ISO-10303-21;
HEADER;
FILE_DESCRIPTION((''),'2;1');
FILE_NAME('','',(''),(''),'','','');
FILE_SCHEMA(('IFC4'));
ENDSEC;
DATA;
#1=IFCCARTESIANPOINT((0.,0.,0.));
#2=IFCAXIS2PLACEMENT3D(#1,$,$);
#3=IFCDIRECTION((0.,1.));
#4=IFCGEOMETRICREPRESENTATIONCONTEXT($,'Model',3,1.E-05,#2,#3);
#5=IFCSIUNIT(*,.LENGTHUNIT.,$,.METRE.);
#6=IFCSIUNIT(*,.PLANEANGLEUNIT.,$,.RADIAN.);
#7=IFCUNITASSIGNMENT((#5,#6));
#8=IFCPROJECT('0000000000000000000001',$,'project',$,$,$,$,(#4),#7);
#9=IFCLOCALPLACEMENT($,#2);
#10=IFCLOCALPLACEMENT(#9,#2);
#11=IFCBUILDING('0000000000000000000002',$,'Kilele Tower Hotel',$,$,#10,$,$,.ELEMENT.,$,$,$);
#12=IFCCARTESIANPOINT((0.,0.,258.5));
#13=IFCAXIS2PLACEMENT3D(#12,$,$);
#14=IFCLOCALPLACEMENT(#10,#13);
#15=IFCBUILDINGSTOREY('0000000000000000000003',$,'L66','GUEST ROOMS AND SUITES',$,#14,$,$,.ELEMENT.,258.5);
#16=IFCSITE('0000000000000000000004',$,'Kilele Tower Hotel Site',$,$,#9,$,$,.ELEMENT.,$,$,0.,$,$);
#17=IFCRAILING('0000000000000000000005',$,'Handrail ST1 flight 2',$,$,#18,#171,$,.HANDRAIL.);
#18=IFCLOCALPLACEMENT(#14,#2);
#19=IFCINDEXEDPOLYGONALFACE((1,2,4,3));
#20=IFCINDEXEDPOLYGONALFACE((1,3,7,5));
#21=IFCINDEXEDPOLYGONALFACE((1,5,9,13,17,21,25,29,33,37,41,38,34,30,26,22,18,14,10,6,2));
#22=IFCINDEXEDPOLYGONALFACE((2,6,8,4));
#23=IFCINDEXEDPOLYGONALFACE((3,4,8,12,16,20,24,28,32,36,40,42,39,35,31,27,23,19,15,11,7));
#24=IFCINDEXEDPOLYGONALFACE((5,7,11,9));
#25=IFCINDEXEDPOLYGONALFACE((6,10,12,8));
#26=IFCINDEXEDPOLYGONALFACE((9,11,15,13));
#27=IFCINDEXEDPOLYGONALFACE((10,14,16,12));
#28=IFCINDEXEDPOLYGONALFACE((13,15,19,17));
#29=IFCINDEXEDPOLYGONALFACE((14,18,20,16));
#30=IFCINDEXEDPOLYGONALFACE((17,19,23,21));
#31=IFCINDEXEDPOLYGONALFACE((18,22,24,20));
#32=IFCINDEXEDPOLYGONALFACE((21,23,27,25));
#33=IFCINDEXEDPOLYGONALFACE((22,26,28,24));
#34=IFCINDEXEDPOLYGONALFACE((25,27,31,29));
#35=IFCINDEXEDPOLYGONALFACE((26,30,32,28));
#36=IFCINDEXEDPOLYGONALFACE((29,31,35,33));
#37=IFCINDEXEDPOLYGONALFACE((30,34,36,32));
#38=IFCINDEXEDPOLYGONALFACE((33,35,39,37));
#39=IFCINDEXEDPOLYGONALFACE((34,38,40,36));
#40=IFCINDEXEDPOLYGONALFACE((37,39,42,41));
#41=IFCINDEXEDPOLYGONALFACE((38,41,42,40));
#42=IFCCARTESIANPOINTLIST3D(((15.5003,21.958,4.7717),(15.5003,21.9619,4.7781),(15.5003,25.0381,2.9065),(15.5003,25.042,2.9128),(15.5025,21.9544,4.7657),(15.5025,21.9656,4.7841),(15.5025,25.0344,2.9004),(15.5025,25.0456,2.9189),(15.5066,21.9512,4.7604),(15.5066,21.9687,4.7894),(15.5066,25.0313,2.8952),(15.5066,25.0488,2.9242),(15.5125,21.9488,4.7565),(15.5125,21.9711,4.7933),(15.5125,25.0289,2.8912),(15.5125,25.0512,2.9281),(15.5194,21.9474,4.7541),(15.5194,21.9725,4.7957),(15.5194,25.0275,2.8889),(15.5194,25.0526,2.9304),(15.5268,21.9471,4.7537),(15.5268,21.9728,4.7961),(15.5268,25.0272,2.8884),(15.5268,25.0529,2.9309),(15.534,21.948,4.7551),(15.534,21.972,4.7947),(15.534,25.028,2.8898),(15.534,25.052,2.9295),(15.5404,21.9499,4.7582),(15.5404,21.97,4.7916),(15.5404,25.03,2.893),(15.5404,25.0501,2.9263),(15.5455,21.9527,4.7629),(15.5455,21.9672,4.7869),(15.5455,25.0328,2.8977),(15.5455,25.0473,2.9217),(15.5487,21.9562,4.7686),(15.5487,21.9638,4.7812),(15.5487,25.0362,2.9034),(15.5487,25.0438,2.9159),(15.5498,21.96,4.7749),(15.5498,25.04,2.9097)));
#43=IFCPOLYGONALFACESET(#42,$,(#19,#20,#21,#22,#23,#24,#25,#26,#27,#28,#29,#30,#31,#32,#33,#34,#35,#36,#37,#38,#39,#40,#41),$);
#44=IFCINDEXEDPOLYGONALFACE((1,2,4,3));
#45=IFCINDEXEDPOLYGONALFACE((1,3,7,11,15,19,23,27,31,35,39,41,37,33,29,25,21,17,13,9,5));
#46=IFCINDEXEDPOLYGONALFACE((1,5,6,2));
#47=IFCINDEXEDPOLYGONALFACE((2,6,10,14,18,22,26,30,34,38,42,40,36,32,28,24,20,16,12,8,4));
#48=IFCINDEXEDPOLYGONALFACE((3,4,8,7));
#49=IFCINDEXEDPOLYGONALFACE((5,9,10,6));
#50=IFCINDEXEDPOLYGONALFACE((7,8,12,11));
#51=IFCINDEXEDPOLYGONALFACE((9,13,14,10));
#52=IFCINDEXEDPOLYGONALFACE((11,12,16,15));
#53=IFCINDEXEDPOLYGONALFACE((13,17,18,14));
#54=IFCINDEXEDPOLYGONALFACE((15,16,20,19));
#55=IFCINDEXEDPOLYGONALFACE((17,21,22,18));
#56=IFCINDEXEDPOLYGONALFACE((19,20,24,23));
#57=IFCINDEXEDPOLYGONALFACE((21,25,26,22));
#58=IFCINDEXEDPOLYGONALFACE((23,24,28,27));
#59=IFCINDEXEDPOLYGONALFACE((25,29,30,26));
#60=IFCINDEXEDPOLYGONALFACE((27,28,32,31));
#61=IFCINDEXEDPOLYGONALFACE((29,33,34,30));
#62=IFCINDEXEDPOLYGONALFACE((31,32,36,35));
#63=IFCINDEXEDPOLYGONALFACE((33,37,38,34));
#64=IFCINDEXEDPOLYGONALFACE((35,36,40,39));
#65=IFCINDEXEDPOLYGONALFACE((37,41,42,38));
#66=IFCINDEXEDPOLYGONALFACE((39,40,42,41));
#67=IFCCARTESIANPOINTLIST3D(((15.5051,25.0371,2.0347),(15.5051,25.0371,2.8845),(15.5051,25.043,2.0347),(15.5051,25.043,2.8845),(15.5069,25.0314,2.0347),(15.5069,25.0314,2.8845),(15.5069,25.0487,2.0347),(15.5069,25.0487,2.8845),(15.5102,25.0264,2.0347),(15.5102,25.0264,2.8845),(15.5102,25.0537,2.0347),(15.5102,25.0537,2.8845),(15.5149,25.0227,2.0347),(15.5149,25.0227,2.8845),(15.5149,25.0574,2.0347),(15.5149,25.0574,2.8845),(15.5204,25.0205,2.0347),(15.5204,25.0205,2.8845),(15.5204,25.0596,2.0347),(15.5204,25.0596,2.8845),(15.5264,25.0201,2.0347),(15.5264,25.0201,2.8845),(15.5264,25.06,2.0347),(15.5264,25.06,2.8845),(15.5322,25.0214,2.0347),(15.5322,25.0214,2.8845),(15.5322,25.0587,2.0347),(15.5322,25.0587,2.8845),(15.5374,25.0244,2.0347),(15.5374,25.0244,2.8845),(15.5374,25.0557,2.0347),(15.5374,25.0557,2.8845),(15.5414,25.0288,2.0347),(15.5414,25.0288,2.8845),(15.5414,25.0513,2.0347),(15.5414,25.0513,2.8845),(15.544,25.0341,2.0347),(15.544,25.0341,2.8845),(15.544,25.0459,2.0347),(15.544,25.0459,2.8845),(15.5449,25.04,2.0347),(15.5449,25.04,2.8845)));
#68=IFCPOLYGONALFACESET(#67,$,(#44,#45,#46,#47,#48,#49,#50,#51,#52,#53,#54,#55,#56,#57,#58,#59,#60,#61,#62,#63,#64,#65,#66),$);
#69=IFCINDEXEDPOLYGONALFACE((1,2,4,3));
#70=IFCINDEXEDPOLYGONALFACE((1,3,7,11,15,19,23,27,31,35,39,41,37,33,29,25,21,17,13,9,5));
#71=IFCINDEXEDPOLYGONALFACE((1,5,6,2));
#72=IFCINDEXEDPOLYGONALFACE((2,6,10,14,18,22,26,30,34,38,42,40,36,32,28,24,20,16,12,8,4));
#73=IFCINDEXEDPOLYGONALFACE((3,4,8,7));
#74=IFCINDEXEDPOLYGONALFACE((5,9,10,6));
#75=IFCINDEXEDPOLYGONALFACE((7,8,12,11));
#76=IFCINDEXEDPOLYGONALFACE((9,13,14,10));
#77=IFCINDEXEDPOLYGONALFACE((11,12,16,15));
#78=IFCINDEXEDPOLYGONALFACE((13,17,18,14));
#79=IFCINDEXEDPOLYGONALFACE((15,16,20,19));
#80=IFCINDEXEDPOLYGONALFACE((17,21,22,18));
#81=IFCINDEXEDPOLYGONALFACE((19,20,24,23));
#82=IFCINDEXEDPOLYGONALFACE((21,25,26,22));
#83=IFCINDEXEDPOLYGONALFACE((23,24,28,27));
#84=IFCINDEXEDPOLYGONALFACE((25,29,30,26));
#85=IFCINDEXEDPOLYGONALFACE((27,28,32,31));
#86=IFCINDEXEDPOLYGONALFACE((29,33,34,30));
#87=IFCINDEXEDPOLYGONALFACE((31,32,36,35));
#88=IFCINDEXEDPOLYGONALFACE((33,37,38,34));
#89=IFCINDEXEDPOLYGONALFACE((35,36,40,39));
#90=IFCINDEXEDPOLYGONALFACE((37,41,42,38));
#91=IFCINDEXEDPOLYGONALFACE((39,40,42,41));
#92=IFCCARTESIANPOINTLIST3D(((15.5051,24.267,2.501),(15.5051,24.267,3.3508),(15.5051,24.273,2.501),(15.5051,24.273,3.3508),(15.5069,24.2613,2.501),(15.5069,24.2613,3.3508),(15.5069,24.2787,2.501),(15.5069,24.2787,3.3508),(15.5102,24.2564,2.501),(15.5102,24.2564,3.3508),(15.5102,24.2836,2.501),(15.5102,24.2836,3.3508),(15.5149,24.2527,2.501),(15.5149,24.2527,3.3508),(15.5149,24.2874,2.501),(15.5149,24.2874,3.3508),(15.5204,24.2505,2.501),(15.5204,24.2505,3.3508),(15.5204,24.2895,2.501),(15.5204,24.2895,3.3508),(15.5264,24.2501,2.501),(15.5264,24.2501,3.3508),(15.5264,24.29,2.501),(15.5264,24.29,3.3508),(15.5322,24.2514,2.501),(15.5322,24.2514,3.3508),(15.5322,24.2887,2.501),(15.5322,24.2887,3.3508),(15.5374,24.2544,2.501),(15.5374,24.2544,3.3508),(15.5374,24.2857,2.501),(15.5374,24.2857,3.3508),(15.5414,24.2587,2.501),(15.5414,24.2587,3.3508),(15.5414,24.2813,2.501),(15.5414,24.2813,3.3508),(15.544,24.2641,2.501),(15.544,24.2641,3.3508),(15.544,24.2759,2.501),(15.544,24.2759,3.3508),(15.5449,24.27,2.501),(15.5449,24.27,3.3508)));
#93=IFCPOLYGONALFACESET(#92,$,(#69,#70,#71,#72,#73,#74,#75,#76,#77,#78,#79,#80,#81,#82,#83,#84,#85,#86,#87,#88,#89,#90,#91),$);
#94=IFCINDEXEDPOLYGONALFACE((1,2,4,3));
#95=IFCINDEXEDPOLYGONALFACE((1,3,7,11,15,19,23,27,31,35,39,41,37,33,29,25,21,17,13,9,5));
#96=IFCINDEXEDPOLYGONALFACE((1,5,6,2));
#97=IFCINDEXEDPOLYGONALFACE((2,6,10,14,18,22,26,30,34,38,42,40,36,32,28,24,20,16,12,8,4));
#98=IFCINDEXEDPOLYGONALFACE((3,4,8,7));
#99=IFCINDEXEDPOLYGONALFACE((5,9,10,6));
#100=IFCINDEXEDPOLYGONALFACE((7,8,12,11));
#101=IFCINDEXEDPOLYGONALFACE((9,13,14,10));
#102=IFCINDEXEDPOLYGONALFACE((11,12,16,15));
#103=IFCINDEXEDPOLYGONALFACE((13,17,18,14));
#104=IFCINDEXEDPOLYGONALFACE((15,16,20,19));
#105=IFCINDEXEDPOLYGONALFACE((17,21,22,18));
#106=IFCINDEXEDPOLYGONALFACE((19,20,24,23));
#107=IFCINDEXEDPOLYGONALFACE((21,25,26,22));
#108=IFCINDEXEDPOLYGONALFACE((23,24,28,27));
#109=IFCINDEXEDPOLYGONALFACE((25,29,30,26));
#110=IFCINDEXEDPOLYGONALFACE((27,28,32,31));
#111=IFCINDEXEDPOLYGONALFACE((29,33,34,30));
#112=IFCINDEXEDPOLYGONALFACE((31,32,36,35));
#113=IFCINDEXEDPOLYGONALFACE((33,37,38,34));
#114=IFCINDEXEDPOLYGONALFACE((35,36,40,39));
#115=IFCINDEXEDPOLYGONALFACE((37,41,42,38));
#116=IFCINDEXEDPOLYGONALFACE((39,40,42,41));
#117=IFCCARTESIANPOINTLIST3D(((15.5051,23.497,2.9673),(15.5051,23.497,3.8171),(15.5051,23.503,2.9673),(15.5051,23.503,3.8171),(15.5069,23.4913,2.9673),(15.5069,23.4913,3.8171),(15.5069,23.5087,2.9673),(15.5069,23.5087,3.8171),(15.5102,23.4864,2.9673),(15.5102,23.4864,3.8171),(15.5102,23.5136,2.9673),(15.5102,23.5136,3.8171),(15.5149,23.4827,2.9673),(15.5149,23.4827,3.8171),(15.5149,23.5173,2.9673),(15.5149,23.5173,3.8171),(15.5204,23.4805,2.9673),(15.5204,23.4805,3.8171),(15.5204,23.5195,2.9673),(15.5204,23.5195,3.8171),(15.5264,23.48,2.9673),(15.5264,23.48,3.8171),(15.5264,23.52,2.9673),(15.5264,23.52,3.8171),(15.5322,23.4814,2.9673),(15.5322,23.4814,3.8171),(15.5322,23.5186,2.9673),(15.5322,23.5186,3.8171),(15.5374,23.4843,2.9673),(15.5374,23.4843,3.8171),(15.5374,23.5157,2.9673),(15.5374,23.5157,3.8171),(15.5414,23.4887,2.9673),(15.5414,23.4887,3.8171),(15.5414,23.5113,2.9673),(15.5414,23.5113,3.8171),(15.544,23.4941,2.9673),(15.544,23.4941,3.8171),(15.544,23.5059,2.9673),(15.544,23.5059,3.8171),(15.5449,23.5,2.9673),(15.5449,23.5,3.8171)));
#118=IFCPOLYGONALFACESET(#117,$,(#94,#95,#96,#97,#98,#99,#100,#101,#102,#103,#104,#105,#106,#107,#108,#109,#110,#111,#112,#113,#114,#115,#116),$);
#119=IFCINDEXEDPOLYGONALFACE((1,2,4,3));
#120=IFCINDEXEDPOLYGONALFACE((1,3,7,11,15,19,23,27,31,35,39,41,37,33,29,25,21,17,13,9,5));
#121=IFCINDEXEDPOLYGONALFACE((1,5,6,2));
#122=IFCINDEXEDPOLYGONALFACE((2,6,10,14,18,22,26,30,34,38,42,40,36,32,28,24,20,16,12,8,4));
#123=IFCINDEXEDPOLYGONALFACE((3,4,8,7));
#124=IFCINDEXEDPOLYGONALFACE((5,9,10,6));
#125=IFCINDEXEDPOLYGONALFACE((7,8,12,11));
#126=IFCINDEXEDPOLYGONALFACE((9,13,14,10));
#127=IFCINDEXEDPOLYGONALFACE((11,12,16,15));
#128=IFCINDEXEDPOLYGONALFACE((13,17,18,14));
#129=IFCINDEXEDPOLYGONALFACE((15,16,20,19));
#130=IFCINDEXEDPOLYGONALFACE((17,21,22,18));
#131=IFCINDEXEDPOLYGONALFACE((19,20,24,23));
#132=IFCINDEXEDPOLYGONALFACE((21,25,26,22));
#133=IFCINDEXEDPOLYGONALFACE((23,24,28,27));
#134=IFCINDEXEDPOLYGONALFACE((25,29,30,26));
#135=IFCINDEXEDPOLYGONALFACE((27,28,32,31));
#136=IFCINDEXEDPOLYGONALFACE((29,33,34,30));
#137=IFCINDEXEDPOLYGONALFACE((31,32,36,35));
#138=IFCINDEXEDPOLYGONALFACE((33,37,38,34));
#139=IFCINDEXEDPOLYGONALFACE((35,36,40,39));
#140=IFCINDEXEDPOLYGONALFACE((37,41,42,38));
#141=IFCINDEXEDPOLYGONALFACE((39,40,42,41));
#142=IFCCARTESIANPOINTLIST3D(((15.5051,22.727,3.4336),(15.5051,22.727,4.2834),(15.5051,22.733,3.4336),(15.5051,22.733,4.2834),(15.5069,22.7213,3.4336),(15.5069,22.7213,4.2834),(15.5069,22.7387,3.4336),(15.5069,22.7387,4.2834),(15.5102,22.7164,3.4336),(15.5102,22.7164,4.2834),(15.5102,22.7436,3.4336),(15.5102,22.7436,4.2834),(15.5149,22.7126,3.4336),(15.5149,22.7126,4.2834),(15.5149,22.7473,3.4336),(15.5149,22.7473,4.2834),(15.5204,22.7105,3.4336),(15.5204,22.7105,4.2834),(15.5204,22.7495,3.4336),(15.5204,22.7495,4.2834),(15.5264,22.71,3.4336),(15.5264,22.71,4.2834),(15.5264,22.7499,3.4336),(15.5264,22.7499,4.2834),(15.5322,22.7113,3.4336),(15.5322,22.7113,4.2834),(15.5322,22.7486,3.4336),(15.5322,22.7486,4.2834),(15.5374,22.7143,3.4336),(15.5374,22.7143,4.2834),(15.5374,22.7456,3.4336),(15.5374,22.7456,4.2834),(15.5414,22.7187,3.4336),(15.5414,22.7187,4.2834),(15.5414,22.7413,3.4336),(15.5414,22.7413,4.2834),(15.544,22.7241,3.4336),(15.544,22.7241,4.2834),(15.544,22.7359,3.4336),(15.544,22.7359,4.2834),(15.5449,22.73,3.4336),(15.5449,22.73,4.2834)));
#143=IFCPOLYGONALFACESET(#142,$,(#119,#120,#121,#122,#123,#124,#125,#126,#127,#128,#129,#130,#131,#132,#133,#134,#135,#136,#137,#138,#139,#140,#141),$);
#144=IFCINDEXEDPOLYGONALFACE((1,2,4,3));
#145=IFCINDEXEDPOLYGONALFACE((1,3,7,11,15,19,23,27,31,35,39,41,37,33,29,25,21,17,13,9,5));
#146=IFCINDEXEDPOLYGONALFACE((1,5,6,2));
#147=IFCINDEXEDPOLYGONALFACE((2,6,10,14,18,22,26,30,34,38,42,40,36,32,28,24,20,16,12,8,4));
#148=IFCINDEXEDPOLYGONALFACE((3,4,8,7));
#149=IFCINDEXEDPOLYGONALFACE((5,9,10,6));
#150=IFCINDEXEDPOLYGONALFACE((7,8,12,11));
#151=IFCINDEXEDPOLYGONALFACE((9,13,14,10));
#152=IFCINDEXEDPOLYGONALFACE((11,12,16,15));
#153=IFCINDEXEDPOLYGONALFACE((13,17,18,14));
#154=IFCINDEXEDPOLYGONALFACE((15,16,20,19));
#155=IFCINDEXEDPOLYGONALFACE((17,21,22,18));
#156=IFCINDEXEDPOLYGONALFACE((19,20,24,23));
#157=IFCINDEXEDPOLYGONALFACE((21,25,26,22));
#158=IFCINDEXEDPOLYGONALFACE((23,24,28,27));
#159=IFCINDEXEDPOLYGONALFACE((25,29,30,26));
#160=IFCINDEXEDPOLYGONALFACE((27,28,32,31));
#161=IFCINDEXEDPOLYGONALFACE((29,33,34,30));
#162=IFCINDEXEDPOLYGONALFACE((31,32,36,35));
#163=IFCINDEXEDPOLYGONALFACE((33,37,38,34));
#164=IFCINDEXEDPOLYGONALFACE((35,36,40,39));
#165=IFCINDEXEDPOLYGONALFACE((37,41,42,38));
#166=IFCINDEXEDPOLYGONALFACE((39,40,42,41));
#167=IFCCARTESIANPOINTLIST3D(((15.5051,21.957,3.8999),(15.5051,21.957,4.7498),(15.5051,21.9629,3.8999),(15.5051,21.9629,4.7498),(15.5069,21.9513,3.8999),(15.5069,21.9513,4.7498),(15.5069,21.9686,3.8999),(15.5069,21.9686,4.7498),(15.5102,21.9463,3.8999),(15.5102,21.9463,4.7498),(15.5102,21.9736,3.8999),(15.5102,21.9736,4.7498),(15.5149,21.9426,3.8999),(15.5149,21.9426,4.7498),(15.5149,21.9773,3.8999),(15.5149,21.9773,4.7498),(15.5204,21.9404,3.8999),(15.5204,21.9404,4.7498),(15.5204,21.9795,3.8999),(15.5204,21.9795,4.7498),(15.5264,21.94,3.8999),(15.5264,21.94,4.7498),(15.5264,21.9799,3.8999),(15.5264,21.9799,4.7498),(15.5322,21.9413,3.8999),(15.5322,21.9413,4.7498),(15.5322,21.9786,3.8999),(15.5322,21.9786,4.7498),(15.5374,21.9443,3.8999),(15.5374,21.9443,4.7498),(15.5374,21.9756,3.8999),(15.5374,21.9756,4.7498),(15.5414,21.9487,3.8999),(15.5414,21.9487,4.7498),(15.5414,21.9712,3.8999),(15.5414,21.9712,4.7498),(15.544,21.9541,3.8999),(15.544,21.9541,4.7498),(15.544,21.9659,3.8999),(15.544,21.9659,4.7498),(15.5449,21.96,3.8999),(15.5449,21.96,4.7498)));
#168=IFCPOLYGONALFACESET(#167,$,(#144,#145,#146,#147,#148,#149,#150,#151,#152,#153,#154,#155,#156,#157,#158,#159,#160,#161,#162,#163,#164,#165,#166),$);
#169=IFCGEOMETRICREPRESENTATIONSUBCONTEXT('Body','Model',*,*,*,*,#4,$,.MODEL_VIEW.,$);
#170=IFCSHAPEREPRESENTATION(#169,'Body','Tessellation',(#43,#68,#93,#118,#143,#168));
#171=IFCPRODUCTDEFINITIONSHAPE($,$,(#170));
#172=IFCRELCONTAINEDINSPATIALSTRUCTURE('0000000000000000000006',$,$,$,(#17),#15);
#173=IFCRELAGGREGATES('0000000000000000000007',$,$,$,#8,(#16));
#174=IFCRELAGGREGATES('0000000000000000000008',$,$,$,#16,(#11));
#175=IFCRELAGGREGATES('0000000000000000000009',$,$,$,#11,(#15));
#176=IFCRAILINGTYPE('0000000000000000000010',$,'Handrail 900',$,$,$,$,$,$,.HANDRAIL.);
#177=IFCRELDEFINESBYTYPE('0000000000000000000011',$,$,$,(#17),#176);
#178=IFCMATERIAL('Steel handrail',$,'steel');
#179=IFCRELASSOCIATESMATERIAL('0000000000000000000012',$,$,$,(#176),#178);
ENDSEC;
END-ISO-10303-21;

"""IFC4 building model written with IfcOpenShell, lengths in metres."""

from ifc_helpers import new_model, si_unit, direction, frame, origin, origin_2d, place, context, subcontext, project, spatial, circle, extrude, material, type_object, element, save


model = new_model("IFC4")

# Units and contexts
model_context = context("Model", 3, precision=1e-05, world=origin(), true_north=direction((0.0, 1.0)))
body_context = subcontext(model_context, "Body", "Model", "MODEL_VIEW")
ifc_project = project(units=[si_unit("LENGTHUNIT", "METRE"), si_unit("PLANEANGLEUNIT", "RADIAN")], contexts=[model_context])

# Site, building, storey
site_placement = place(None, origin())
site = spatial("IfcSite", under=ifc_project, at=site_placement, Name="Kilele Tower Hotel Site", CompositionType="ELEMENT", RefElevation=0.0)
building_placement = place(site_placement, origin())
building = spatial("IfcBuilding", under=site, at=building_placement, Name="Kilele Tower Hotel", CompositionType="ELEMENT")
storey_placement = place(building_placement, frame((0.0, 0.0, 258.5)))
storey = spatial("IfcBuildingStorey", under=building, at=storey_placement, Name="L66", Description="GUEST ROOMS AND SUITES", CompositionType="ELEMENT", Elevation=258.5)

# Railing
ifc_material_1 = material(Name="Steel handrail", Category="steel")
railing_type_1 = type_object("IfcRailingType", Name="Handrail 900", PredefinedType="HANDRAIL", material=ifc_material_1)
for number, where, name in (
    (1, (15.5249, 25.04, 2.0347), "Handrail ST1 flight 2"),
):
    element("IfcRailing", number, at=place(storey_placement, frame(where)), inside=storey, type_object=railing_type_1, Name=name, PredefinedType="HANDRAIL", context=body_context, shape_type="SweptSolid", body=[
        extrude(circle(Radius=0.0249, at=origin_2d()), frame((0.0, 0.0, 0.875), z_axis=(0.0, -0.85538, 0.518001), x_axis=(1.0, 0.0, 0.0)), (0.0, 0.0, 1.0), 3.6008),
        extrude(circle(Radius=0.02, at=origin_2d()), origin(), (0.0, 0.0, 1.0), 0.8499),
        extrude(circle(Radius=0.02, at=origin_2d()), frame((0.0, -0.77, 0.4663)), (0.0, 0.0, 1.0), 0.8499),
        extrude(circle(Radius=0.02, at=origin_2d()), frame((0.0, -1.54, 0.9326)), (0.0, 0.0, 1.0), 0.8499),
        extrude(circle(Radius=0.02, at=origin_2d()), frame((0.0, -2.3101, 1.3989)), (0.0, 0.0, 1.0), 0.8499),
        extrude(circle(Radius=0.02, at=origin_2d()), frame((0.0, -3.0801, 1.8652)), (0.0, 0.0, 1.0), 0.8499),
    ])

save(model, "model.ifc")
